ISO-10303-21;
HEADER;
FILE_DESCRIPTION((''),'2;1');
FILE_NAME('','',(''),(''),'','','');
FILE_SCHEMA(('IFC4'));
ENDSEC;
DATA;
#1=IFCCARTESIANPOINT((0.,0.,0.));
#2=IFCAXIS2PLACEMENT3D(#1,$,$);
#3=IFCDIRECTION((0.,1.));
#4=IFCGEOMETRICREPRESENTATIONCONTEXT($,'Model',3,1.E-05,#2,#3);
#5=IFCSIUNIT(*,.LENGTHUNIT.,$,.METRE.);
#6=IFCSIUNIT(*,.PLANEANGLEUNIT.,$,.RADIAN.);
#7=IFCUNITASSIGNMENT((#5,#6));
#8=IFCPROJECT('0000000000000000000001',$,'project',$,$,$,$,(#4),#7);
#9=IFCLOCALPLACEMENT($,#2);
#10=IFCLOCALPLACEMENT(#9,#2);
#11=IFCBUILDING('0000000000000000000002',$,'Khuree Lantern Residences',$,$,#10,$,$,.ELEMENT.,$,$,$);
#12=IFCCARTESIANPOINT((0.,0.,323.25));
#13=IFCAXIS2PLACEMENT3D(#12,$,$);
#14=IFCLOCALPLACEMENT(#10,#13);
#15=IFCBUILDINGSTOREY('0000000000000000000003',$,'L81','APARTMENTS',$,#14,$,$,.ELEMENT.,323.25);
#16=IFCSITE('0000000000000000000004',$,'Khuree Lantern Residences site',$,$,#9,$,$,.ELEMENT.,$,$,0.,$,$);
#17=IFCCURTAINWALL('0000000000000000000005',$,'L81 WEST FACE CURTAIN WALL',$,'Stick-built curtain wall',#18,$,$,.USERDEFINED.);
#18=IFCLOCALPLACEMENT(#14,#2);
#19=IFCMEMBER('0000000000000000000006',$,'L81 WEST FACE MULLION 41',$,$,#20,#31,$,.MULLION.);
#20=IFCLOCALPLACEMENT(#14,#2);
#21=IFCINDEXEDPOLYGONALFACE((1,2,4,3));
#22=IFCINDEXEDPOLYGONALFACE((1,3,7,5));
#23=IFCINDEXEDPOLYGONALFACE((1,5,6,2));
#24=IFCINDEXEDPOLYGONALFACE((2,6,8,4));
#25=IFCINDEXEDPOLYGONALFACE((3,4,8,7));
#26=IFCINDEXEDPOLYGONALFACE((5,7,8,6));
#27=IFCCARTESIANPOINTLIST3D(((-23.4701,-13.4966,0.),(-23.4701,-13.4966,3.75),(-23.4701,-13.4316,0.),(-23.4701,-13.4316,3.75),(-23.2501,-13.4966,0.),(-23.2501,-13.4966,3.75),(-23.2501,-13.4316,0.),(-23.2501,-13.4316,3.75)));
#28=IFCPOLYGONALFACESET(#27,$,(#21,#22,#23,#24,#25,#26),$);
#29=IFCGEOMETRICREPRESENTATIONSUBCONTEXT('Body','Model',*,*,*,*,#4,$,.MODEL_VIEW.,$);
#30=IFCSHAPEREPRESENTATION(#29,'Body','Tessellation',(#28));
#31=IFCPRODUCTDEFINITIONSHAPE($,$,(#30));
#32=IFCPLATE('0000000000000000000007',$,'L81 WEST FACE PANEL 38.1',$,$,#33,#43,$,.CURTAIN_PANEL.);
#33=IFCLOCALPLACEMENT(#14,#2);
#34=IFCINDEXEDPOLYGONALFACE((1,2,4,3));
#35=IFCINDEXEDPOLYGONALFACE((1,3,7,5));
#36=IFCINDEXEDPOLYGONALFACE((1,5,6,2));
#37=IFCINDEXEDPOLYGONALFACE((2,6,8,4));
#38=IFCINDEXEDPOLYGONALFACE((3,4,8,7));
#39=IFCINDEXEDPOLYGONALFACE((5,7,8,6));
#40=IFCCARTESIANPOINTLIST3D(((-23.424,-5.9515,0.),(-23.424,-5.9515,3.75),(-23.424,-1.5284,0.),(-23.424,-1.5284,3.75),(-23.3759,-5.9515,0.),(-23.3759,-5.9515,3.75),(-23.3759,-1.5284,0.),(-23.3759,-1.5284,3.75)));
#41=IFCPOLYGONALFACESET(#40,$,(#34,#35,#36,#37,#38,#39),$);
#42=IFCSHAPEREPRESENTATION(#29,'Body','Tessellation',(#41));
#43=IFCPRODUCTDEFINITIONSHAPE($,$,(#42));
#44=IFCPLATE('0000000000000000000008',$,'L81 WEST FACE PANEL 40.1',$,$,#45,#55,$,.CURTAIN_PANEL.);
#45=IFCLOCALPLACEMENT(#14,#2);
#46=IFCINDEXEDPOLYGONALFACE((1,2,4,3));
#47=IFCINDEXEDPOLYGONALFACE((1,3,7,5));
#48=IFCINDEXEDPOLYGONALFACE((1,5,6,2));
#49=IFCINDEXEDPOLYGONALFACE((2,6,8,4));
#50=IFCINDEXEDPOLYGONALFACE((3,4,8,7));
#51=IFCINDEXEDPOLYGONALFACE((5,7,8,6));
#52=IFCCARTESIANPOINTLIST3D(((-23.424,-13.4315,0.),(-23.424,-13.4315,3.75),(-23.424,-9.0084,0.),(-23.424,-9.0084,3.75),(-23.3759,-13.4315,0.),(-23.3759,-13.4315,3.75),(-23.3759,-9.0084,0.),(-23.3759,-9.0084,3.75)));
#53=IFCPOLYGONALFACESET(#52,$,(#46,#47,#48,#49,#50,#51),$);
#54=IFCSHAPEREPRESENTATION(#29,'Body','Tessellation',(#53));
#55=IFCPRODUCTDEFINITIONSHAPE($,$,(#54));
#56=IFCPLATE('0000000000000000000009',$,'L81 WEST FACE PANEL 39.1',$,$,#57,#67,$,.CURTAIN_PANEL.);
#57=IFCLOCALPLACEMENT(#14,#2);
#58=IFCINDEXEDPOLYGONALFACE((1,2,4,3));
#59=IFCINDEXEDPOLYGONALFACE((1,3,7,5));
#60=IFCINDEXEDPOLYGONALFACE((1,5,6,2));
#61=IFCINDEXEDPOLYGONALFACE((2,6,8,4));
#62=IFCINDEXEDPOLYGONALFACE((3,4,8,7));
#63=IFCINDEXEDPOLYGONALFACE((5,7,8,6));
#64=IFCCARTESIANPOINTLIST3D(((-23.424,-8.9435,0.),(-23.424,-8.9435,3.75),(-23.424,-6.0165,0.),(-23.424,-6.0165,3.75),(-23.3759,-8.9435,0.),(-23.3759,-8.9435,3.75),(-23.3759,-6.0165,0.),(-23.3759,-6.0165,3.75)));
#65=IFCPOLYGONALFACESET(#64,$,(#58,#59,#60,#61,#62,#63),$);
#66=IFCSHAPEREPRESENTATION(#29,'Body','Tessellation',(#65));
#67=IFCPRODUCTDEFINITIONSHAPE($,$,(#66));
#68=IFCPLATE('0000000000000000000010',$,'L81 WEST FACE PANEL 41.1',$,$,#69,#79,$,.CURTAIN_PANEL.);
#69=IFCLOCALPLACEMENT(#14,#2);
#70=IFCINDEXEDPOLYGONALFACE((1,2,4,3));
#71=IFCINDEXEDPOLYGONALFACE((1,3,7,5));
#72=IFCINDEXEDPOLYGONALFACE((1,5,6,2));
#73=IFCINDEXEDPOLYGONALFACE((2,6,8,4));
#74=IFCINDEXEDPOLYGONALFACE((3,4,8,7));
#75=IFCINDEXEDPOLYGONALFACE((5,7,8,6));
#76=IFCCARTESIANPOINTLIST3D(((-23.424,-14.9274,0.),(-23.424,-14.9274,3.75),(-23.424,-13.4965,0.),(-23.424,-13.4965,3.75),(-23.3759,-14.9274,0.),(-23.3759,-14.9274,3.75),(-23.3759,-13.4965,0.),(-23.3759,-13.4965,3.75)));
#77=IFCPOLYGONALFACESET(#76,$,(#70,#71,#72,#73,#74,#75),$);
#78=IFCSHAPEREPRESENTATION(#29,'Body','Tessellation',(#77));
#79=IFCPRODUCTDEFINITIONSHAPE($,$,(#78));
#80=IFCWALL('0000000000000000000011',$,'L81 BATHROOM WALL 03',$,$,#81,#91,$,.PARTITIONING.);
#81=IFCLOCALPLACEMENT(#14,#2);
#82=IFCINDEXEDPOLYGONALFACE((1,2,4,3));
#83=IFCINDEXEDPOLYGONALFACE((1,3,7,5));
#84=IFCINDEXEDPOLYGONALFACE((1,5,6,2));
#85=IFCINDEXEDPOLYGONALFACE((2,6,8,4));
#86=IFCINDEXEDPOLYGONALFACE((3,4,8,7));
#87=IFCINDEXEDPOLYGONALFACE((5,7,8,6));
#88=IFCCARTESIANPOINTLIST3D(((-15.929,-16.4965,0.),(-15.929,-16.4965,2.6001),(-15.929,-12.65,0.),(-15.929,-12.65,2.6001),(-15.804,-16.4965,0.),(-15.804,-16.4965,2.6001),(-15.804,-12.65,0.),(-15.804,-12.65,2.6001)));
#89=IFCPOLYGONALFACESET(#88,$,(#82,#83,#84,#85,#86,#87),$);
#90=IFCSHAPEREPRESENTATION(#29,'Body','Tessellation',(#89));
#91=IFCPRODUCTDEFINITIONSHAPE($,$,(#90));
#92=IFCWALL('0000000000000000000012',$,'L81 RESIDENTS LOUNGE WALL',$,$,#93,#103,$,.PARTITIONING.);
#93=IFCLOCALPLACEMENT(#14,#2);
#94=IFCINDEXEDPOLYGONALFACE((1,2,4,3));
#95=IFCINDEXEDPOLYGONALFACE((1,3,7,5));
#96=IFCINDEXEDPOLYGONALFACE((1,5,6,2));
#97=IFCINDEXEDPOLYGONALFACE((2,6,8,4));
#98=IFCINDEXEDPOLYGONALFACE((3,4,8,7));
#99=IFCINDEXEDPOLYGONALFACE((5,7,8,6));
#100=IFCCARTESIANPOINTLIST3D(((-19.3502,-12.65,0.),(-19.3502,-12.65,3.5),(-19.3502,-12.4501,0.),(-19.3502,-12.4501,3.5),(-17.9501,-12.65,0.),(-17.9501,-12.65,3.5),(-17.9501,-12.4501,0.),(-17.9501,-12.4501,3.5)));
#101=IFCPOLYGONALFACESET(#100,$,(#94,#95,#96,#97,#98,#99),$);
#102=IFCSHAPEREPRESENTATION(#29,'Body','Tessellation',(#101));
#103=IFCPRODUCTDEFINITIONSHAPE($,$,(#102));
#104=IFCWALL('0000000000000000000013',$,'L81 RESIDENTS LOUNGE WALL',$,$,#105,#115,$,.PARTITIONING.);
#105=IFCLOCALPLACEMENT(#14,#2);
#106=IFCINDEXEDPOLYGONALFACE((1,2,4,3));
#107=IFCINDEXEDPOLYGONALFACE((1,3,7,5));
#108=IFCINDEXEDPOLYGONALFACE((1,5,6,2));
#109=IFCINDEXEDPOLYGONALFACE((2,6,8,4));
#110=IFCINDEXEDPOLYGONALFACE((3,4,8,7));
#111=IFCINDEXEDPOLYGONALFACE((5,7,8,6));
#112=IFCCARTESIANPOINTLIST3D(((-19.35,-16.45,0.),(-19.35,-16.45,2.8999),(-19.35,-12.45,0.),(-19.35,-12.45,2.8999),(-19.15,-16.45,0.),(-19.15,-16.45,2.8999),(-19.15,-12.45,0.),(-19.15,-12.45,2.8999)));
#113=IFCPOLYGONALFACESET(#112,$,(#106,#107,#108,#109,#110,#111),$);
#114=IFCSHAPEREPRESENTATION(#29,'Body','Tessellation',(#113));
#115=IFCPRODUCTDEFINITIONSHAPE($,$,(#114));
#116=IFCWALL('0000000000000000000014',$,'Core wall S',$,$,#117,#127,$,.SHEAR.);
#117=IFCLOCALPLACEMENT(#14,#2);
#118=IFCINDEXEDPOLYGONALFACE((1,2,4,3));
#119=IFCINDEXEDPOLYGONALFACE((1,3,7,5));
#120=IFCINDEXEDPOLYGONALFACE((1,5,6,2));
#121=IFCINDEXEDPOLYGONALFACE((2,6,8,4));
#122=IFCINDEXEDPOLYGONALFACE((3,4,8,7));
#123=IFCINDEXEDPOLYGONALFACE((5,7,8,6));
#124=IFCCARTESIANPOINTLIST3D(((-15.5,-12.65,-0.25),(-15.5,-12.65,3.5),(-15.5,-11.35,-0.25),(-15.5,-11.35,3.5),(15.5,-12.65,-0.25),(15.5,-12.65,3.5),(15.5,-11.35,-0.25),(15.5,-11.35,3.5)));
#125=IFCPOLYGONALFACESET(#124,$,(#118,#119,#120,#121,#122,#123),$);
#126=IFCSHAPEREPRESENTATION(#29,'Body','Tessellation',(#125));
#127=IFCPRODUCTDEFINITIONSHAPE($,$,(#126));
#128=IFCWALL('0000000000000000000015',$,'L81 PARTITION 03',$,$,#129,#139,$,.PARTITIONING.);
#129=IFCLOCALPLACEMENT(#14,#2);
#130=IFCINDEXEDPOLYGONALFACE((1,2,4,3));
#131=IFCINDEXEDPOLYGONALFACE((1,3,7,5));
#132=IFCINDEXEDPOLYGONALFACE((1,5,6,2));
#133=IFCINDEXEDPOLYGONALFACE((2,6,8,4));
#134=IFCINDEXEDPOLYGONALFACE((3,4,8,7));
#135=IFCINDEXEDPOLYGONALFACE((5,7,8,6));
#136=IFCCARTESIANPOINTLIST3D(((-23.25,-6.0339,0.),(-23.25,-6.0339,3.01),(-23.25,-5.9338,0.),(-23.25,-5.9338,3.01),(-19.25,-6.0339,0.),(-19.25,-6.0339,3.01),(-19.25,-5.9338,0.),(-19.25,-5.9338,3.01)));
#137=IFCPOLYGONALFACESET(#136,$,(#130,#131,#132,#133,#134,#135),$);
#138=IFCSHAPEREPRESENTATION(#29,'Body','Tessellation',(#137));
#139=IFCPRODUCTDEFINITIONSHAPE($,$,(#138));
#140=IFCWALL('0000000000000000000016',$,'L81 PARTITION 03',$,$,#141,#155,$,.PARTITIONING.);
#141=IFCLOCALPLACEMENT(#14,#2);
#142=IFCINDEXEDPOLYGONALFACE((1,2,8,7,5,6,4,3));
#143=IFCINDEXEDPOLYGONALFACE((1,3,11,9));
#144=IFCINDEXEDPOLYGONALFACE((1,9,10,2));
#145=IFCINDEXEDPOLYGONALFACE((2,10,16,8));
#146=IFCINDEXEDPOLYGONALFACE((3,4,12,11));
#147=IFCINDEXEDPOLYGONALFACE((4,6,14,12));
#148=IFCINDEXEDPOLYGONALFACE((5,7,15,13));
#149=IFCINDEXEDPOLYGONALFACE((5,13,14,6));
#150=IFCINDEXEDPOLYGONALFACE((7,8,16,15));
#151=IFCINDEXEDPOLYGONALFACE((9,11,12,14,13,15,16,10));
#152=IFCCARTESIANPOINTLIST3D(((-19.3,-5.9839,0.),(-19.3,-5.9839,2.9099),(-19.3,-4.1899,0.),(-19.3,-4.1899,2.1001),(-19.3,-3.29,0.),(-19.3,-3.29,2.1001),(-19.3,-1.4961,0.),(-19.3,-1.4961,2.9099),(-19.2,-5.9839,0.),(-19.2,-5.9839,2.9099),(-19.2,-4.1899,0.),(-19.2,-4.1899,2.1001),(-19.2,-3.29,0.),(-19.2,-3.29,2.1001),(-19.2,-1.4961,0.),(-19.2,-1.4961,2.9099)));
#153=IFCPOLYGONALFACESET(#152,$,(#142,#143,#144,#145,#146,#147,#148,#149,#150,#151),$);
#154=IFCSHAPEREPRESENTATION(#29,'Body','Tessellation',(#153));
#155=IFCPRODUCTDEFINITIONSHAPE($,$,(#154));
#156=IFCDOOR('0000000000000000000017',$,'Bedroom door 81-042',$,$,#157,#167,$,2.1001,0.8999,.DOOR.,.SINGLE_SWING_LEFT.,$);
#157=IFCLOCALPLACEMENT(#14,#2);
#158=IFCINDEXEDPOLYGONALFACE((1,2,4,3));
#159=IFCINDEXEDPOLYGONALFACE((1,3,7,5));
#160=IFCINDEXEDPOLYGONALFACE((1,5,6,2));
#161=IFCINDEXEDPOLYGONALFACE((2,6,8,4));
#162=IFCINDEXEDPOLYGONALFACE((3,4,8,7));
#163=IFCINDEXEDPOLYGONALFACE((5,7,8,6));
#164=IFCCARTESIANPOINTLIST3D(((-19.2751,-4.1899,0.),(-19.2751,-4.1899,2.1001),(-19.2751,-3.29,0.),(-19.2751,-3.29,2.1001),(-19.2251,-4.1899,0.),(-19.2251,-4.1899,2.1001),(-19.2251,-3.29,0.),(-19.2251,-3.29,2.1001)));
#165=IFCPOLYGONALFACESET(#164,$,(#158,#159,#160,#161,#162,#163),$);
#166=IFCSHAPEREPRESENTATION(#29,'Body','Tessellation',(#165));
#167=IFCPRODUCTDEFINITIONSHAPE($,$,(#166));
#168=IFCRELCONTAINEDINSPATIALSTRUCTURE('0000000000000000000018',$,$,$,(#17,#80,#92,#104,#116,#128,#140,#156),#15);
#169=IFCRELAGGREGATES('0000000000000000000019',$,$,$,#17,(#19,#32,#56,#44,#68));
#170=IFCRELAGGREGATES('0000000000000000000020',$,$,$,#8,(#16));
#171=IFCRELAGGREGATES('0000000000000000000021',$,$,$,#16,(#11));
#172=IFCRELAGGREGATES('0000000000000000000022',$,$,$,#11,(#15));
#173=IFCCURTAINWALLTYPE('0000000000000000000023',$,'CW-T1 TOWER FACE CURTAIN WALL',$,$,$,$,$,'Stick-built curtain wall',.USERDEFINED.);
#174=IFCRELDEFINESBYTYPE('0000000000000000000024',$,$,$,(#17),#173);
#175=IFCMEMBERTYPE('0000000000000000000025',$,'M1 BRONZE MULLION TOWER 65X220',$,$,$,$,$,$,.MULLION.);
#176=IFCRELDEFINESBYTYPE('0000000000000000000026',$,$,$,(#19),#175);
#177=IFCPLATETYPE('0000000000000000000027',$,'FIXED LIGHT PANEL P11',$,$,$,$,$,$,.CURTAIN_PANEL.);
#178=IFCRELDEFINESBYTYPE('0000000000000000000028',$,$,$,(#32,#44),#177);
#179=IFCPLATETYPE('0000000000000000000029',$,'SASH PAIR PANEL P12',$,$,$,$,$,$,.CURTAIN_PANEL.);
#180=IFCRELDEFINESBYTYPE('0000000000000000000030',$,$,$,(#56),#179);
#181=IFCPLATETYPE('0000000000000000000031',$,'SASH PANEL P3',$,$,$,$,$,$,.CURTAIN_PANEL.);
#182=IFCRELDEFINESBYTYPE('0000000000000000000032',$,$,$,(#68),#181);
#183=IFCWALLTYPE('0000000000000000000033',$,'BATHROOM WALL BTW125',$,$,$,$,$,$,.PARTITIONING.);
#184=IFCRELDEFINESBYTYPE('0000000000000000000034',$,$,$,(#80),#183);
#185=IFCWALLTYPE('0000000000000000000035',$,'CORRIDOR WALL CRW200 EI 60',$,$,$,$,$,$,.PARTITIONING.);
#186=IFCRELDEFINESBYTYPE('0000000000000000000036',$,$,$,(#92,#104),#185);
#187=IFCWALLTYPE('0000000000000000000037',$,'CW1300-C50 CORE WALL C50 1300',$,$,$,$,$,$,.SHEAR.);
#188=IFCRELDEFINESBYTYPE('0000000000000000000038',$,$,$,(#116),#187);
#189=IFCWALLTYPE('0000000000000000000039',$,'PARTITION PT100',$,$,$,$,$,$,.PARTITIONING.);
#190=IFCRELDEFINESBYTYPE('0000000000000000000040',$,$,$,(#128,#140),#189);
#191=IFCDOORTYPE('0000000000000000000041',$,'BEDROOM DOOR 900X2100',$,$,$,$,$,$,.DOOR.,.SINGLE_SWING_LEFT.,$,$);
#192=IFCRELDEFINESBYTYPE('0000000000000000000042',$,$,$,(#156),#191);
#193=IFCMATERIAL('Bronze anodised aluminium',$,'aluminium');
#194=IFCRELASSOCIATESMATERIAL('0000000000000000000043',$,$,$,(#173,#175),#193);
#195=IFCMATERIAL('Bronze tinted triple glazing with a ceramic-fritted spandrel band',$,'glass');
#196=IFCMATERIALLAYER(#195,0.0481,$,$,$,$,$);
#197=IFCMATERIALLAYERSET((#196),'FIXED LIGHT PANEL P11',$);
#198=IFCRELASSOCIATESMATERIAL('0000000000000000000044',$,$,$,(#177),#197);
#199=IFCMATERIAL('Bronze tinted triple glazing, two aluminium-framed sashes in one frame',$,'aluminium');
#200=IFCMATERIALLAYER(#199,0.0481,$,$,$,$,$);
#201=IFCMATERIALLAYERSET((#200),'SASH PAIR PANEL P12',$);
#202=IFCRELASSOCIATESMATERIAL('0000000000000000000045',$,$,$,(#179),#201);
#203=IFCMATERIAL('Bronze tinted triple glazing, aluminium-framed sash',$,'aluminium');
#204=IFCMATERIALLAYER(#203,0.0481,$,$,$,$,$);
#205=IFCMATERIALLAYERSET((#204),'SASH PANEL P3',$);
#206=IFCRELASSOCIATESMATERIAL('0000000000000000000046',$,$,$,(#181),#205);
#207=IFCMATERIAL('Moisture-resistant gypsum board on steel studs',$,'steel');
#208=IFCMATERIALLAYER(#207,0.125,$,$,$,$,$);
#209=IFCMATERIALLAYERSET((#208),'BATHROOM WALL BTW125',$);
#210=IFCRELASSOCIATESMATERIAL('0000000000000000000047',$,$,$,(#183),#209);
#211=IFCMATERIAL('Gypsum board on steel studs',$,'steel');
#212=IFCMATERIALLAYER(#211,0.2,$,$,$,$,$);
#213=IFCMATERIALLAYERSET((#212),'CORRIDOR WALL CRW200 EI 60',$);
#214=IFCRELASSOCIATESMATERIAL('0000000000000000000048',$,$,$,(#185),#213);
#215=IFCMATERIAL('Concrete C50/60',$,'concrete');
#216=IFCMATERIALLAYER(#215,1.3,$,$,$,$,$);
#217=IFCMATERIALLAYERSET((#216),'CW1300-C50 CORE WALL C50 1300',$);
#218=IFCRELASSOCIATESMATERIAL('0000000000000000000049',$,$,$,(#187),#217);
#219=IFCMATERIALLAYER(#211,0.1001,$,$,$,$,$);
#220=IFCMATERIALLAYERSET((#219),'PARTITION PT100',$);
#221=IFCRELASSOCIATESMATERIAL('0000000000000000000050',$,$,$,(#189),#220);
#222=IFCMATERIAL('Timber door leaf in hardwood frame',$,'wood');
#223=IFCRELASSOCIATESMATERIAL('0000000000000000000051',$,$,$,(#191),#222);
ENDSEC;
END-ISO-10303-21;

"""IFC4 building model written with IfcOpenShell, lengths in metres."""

from ifc_helpers import new_model, si_unit, direction, frame, frame_2d, origin, origin_2d, place, context, subcontext, project, spatial, rectangle, extrude, material, layer, layer_set, material_profile, profile_set, type_object, element, fill, aggregate, save


model = new_model("IFC4")

# Units and contexts
model_context = context("Model", 3, precision=1e-05, world=origin(), true_north=direction((0.0, 1.0)))
body_context = subcontext(model_context, "Body", "Model", "MODEL_VIEW")
ifc_project = project(units=[si_unit("LENGTHUNIT", "METRE"), si_unit("PLANEANGLEUNIT", "RADIAN")], contexts=[model_context])

# Site, building, storey
site_placement = place(None, origin())
site = spatial("IfcSite", under=ifc_project, at=site_placement, Name="Khuree Lantern Residences site", CompositionType="ELEMENT", RefElevation=0.0)
building_placement = place(site_placement, origin())
building = spatial("IfcBuilding", under=site, at=building_placement, Name="Khuree Lantern Residences", CompositionType="ELEMENT")
storey_placement = place(building_placement, frame((0.0, 0.0, 323.25)))
storey = spatial("IfcBuildingStorey", under=building, at=storey_placement, Name="L81", Description="APARTMENTS", CompositionType="ELEMENT", Elevation=323.25)

# Shared definitions
ifc_material_1 = material(Name="Concrete C50/60", Category="concrete")

# Curtain wall
ifc_material_2 = material(Name="Bronze anodised aluminium", Category="aluminium")
curtain_wall_type = type_object("IfcCurtainWallType", Name="CW-T1 TOWER FACE CURTAIN WALL", ElementType="Stick-built curtain wall", PredefinedType="USERDEFINED", material=ifc_material_2)
curtain_wall_placement = place(storey_placement, origin())
curtain_wall = element("IfcCurtainWall", 1, at=curtain_wall_placement, inside=storey, type_object=curtain_wall_type, Name="L81 WEST FACE CURTAIN WALL", ObjectType="Stick-built curtain wall", PredefinedType="USERDEFINED")

# Member
ifc_material_profile_1 = material_profile(ifc_material_2, rectangle(XDim=0.0649, YDim=0.22, at=origin_2d()), Name="M1 65X220")
ifc_profile_set_1 = profile_set([ifc_material_profile_1], Name="Bronze anodised aluminium")
member_type_1 = type_object("IfcMemberType", Name="M1 BRONZE MULLION TOWER 65X220", PredefinedType="MULLION", material=ifc_profile_set_1)
member_1_placement = place(storey_placement, frame((-23.3601, -13.4641, 0.0), z_axis=(0.0, 0.0, 1.0), x_axis=(0.0, -1.0, 0.0)))
member_1 = element("IfcMember", 2, at=member_1_placement, type_object=member_type_1, Name="L81 WEST FACE MULLION 41", PredefinedType="MULLION", context=body_context, shape_type="SweptSolid", body=[
    extrude(rectangle(XDim=0.0649, YDim=0.22, at=origin_2d()), origin(), (0.0, 0.0, 1.0), 3.75),
])

# Plates
ifc_material_3 = material(Name="Bronze tinted triple glazing with a ceramic-fritted spandrel band", Category="glass")
ifc_layer_1 = layer(ifc_material_3, 0.0481)
ifc_layer_set_1 = layer_set([ifc_layer_1], Name="FIXED LIGHT PANEL P11")
plate_type_1 = type_object("IfcPlateType", Name="FIXED LIGHT PANEL P11", PredefinedType="CURTAIN_PANEL", material=ifc_layer_set_1)
plate_1_placement = place(storey_placement, frame((-23.3999, -3.74, 0.0), z_axis=(0.0, 0.0, 1.0), x_axis=(0.0, -1.0, 0.0)))
plate_1 = element("IfcPlate", 3, at=plate_1_placement, type_object=plate_type_1, Name="L81 WEST FACE PANEL 38.1", PredefinedType="CURTAIN_PANEL", context=body_context, shape_type="SweptSolid", body=[
    extrude(rectangle(XDim=4.4231, YDim=0.0481, at=origin_2d()), origin(), (0.0, 0.0, 1.0), 3.75),
])
plate_2_placement = place(storey_placement, frame((-23.3999, -11.22, 0.0), z_axis=(0.0, 0.0, 1.0), x_axis=(0.0, -1.0, 0.0)))
plate_2 = element("IfcPlate", 4, at=plate_2_placement, type_object=plate_type_1, Name="L81 WEST FACE PANEL 40.1", PredefinedType="CURTAIN_PANEL", context=body_context, shape_type="SweptSolid", body=[
    extrude(rectangle(XDim=4.4231, YDim=0.0481, at=origin_2d()), origin(), (0.0, 0.0, 1.0), 3.75),
])
ifc_material_4 = material(Name="Bronze tinted triple glazing, two aluminium-framed sashes in one frame", Category="aluminium")
ifc_layer_2 = layer(ifc_material_4, 0.0481)
ifc_layer_set_2 = layer_set([ifc_layer_2], Name="SASH PAIR PANEL P12")
plate_type_2 = type_object("IfcPlateType", Name="SASH PAIR PANEL P12", PredefinedType="CURTAIN_PANEL", material=ifc_layer_set_2)
plate_3_placement = place(storey_placement, frame((-23.3999, -7.48, 0.0), z_axis=(0.0, 0.0, 1.0), x_axis=(0.0, -1.0, 0.0)))
plate_3 = element("IfcPlate", 5, at=plate_3_placement, type_object=plate_type_2, Name="L81 WEST FACE PANEL 39.1", PredefinedType="CURTAIN_PANEL", context=body_context, shape_type="SweptSolid", body=[
    extrude(rectangle(XDim=2.927, YDim=0.0481, at=origin_2d()), origin(), (0.0, 0.0, 1.0), 3.75),
])
ifc_material_5 = material(Name="Bronze tinted triple glazing, aluminium-framed sash", Category="aluminium")
ifc_layer_3 = layer(ifc_material_5, 0.0481)
ifc_layer_set_3 = layer_set([ifc_layer_3], Name="SASH PANEL P3")
plate_type_3 = type_object("IfcPlateType", Name="SASH PANEL P3", PredefinedType="CURTAIN_PANEL", material=ifc_layer_set_3)
plate_4_placement = place(storey_placement, frame((-23.3999, -14.2119, 0.0), z_axis=(0.0, 0.0, 1.0), x_axis=(0.0, -1.0, 0.0)))
plate_4 = element("IfcPlate", 6, at=plate_4_placement, type_object=plate_type_3, Name="L81 WEST FACE PANEL 41.1", PredefinedType="CURTAIN_PANEL", context=body_context, shape_type="SweptSolid", body=[
    extrude(rectangle(XDim=1.4309, YDim=0.0481, at=origin_2d()), origin(), (0.0, 0.0, 1.0), 3.75),
])
aggregate(curtain_wall, [member_1, plate_1, plate_3, plate_2, plate_4])

# Walls
ifc_material_6 = material(Name="Moisture-resistant gypsum board on steel studs", Category="steel")
ifc_layer_4 = layer(ifc_material_6, 0.125)
ifc_layer_set_4 = layer_set([ifc_layer_4], Name="BATHROOM WALL BTW125")
wall_type_1 = type_object("IfcWallType", Name="BATHROOM WALL BTW125", PredefinedType="PARTITIONING", material=ifc_layer_set_4)
wall_1_placement = place(storey_placement, frame((-15.8665, -12.6499, 0.0), z_axis=(0.0, 0.0, 1.0), x_axis=(0.0, -1.0, 0.0)))
element("IfcWall", 7, at=wall_1_placement, inside=storey, type_object=wall_type_1, Name="L81 BATHROOM WALL 03", PredefinedType="PARTITIONING", context=body_context, shape_type="SweptSolid", body=[
    extrude(rectangle(XDim=3.8464, YDim=0.125, at=frame_2d((1.9233, 0.0))), origin(), (0.0, 0.0, 1.0), 2.6001),
])
ifc_material_7 = material(Name="Gypsum board on steel studs", Category="steel")
ifc_layer_5 = layer(ifc_material_7, 0.2)
ifc_layer_set_5 = layer_set([ifc_layer_5], Name="CORRIDOR WALL CRW200 EI 60")
wall_type_2 = type_object("IfcWallType", Name="CORRIDOR WALL CRW200 EI 60", PredefinedType="PARTITIONING", material=ifc_layer_set_5)
wall_2_placement = place(storey_placement, frame((-17.95, -12.55, 0.0), z_axis=(0.0, 0.0, 1.0), x_axis=(-1.0, 0.0, 0.0)))
element("IfcWall", 8, at=wall_2_placement, inside=storey, type_object=wall_type_2, Name="L81 RESIDENTS LOUNGE WALL", PredefinedType="PARTITIONING", context=body_context, shape_type="SweptSolid", body=[
    extrude(rectangle(XDim=1.4001, YDim=0.2, at=frame_2d((0.7002, 0.0))), origin(), (0.0, 0.0, 1.0), 3.5),
])
wall_3_placement = place(storey_placement, frame((-19.25, -12.45, 0.0), z_axis=(0.0, 0.0, 1.0), x_axis=(0.0, -1.0, 0.0)))
element("IfcWall", 9, at=wall_3_placement, inside=storey, type_object=wall_type_2, Name="L81 RESIDENTS LOUNGE WALL", PredefinedType="PARTITIONING", context=body_context, shape_type="SweptSolid", body=[
    extrude(rectangle(XDim=4.0, YDim=0.2, at=frame_2d((2.0, 0.0))), origin(), (0.0, 0.0, 1.0), 2.8999),
])
ifc_layer_6 = layer(ifc_material_1, 1.3)
ifc_layer_set_6 = layer_set([ifc_layer_6], Name="CW1300-C50 CORE WALL C50 1300")
wall_type_3 = type_object("IfcWallType", Name="CW1300-C50 CORE WALL C50 1300", PredefinedType="SHEAR", material=ifc_layer_set_6)
wall_4_placement = place(storey_placement, frame((-15.5, -12.0, -0.25), z_axis=(0.0, 0.0, 1.0), x_axis=(1.0, 0.0, 0.0)))
element("IfcWall", 10, at=wall_4_placement, inside=storey, type_object=wall_type_3, Name="Core wall S", PredefinedType="SHEAR", context=body_context, shape_type="SweptSolid", body=[
    extrude(rectangle(XDim=31.0, YDim=1.3, at=frame_2d((15.5, 0.0))), origin(), (0.0, 0.0, 1.0), 3.75),
])
ifc_layer_7 = layer(ifc_material_7, 0.1001)
ifc_layer_set_7 = layer_set([ifc_layer_7], Name="PARTITION PT100")
wall_type_4 = type_object("IfcWallType", Name="PARTITION PT100", PredefinedType="PARTITIONING", material=ifc_layer_set_7)
wall_5_placement = place(storey_placement, frame((-19.25, -5.9839, 0.0), z_axis=(0.0, 0.0, 1.0), x_axis=(-1.0, 0.0, 0.0)))
element("IfcWall", 11, at=wall_5_placement, inside=storey, type_object=wall_type_4, Name="L81 PARTITION 03", PredefinedType="PARTITIONING", context=body_context, shape_type="SweptSolid", body=[
    extrude(rectangle(XDim=4.0, YDim=0.1001, at=frame_2d((2.0, 0.0))), origin(), (0.0, 0.0, 1.0), 3.01),
])

# Wall, opening, door
wall_6_placement = place(storey_placement, frame((-19.25, -1.4961, 0.0), z_axis=(0.0, 0.0, 1.0), x_axis=(0.0, -1.0, 0.0)))
wall_6 = element("IfcWall", 12, at=wall_6_placement, inside=storey, type_object=wall_type_4, Name="L81 PARTITION 03", PredefinedType="PARTITIONING", context=body_context, shape_type="SweptSolid", body=[
    extrude(rectangle(XDim=4.4878, YDim=0.1001, at=frame_2d((2.2439, 0.0))), origin(), (0.0, 0.0, 1.0), 2.9099),
])
opening_placement = place(wall_6_placement, frame((1.7939, 0.0, 0.0)))
opening = element("IfcOpeningElement", 13, at=opening_placement, cuts=wall_6, PredefinedType="OPENING", context=body_context, shape_type="SweptSolid", body=[
    extrude(rectangle(XDim=0.8999, YDim=2.1001, at=frame_2d((0.45, 1.05))), frame((0.0, 0.0601, 0.0), z_axis=(0.0, -1.0, 0.0), x_axis=(1.0, 0.0, 0.0)), (0.0, 0.0, 1.0), 0.1201),
])
ifc_material_8 = material(Name="Timber door leaf in hardwood frame", Category="wood")
door_type = type_object("IfcDoorType", Name="BEDROOM DOOR 900X2100", OperationType="SINGLE_SWING_LEFT", PredefinedType="DOOR", material=ifc_material_8)
door_placement = place(opening_placement, origin())
door = element("IfcDoor", 14, at=door_placement, inside=storey, type_object=door_type, Name="Bedroom door 81-042", OperationType="SINGLE_SWING_LEFT", OverallHeight=2.1001, OverallWidth=0.8999, PredefinedType="DOOR", context=body_context, shape_type="SweptSolid", body=[
    extrude(rectangle(XDim=0.8999, YDim=2.1001, at=frame_2d((0.45, 1.05))), frame((0.0, 0.0249, 0.0), z_axis=(0.0, -1.0, 0.0), x_axis=(1.0, 0.0, 0.0)), (0.0, 0.0, 1.0), 0.05),
])
fill(opening, door)

save(model, "model.ifc")
